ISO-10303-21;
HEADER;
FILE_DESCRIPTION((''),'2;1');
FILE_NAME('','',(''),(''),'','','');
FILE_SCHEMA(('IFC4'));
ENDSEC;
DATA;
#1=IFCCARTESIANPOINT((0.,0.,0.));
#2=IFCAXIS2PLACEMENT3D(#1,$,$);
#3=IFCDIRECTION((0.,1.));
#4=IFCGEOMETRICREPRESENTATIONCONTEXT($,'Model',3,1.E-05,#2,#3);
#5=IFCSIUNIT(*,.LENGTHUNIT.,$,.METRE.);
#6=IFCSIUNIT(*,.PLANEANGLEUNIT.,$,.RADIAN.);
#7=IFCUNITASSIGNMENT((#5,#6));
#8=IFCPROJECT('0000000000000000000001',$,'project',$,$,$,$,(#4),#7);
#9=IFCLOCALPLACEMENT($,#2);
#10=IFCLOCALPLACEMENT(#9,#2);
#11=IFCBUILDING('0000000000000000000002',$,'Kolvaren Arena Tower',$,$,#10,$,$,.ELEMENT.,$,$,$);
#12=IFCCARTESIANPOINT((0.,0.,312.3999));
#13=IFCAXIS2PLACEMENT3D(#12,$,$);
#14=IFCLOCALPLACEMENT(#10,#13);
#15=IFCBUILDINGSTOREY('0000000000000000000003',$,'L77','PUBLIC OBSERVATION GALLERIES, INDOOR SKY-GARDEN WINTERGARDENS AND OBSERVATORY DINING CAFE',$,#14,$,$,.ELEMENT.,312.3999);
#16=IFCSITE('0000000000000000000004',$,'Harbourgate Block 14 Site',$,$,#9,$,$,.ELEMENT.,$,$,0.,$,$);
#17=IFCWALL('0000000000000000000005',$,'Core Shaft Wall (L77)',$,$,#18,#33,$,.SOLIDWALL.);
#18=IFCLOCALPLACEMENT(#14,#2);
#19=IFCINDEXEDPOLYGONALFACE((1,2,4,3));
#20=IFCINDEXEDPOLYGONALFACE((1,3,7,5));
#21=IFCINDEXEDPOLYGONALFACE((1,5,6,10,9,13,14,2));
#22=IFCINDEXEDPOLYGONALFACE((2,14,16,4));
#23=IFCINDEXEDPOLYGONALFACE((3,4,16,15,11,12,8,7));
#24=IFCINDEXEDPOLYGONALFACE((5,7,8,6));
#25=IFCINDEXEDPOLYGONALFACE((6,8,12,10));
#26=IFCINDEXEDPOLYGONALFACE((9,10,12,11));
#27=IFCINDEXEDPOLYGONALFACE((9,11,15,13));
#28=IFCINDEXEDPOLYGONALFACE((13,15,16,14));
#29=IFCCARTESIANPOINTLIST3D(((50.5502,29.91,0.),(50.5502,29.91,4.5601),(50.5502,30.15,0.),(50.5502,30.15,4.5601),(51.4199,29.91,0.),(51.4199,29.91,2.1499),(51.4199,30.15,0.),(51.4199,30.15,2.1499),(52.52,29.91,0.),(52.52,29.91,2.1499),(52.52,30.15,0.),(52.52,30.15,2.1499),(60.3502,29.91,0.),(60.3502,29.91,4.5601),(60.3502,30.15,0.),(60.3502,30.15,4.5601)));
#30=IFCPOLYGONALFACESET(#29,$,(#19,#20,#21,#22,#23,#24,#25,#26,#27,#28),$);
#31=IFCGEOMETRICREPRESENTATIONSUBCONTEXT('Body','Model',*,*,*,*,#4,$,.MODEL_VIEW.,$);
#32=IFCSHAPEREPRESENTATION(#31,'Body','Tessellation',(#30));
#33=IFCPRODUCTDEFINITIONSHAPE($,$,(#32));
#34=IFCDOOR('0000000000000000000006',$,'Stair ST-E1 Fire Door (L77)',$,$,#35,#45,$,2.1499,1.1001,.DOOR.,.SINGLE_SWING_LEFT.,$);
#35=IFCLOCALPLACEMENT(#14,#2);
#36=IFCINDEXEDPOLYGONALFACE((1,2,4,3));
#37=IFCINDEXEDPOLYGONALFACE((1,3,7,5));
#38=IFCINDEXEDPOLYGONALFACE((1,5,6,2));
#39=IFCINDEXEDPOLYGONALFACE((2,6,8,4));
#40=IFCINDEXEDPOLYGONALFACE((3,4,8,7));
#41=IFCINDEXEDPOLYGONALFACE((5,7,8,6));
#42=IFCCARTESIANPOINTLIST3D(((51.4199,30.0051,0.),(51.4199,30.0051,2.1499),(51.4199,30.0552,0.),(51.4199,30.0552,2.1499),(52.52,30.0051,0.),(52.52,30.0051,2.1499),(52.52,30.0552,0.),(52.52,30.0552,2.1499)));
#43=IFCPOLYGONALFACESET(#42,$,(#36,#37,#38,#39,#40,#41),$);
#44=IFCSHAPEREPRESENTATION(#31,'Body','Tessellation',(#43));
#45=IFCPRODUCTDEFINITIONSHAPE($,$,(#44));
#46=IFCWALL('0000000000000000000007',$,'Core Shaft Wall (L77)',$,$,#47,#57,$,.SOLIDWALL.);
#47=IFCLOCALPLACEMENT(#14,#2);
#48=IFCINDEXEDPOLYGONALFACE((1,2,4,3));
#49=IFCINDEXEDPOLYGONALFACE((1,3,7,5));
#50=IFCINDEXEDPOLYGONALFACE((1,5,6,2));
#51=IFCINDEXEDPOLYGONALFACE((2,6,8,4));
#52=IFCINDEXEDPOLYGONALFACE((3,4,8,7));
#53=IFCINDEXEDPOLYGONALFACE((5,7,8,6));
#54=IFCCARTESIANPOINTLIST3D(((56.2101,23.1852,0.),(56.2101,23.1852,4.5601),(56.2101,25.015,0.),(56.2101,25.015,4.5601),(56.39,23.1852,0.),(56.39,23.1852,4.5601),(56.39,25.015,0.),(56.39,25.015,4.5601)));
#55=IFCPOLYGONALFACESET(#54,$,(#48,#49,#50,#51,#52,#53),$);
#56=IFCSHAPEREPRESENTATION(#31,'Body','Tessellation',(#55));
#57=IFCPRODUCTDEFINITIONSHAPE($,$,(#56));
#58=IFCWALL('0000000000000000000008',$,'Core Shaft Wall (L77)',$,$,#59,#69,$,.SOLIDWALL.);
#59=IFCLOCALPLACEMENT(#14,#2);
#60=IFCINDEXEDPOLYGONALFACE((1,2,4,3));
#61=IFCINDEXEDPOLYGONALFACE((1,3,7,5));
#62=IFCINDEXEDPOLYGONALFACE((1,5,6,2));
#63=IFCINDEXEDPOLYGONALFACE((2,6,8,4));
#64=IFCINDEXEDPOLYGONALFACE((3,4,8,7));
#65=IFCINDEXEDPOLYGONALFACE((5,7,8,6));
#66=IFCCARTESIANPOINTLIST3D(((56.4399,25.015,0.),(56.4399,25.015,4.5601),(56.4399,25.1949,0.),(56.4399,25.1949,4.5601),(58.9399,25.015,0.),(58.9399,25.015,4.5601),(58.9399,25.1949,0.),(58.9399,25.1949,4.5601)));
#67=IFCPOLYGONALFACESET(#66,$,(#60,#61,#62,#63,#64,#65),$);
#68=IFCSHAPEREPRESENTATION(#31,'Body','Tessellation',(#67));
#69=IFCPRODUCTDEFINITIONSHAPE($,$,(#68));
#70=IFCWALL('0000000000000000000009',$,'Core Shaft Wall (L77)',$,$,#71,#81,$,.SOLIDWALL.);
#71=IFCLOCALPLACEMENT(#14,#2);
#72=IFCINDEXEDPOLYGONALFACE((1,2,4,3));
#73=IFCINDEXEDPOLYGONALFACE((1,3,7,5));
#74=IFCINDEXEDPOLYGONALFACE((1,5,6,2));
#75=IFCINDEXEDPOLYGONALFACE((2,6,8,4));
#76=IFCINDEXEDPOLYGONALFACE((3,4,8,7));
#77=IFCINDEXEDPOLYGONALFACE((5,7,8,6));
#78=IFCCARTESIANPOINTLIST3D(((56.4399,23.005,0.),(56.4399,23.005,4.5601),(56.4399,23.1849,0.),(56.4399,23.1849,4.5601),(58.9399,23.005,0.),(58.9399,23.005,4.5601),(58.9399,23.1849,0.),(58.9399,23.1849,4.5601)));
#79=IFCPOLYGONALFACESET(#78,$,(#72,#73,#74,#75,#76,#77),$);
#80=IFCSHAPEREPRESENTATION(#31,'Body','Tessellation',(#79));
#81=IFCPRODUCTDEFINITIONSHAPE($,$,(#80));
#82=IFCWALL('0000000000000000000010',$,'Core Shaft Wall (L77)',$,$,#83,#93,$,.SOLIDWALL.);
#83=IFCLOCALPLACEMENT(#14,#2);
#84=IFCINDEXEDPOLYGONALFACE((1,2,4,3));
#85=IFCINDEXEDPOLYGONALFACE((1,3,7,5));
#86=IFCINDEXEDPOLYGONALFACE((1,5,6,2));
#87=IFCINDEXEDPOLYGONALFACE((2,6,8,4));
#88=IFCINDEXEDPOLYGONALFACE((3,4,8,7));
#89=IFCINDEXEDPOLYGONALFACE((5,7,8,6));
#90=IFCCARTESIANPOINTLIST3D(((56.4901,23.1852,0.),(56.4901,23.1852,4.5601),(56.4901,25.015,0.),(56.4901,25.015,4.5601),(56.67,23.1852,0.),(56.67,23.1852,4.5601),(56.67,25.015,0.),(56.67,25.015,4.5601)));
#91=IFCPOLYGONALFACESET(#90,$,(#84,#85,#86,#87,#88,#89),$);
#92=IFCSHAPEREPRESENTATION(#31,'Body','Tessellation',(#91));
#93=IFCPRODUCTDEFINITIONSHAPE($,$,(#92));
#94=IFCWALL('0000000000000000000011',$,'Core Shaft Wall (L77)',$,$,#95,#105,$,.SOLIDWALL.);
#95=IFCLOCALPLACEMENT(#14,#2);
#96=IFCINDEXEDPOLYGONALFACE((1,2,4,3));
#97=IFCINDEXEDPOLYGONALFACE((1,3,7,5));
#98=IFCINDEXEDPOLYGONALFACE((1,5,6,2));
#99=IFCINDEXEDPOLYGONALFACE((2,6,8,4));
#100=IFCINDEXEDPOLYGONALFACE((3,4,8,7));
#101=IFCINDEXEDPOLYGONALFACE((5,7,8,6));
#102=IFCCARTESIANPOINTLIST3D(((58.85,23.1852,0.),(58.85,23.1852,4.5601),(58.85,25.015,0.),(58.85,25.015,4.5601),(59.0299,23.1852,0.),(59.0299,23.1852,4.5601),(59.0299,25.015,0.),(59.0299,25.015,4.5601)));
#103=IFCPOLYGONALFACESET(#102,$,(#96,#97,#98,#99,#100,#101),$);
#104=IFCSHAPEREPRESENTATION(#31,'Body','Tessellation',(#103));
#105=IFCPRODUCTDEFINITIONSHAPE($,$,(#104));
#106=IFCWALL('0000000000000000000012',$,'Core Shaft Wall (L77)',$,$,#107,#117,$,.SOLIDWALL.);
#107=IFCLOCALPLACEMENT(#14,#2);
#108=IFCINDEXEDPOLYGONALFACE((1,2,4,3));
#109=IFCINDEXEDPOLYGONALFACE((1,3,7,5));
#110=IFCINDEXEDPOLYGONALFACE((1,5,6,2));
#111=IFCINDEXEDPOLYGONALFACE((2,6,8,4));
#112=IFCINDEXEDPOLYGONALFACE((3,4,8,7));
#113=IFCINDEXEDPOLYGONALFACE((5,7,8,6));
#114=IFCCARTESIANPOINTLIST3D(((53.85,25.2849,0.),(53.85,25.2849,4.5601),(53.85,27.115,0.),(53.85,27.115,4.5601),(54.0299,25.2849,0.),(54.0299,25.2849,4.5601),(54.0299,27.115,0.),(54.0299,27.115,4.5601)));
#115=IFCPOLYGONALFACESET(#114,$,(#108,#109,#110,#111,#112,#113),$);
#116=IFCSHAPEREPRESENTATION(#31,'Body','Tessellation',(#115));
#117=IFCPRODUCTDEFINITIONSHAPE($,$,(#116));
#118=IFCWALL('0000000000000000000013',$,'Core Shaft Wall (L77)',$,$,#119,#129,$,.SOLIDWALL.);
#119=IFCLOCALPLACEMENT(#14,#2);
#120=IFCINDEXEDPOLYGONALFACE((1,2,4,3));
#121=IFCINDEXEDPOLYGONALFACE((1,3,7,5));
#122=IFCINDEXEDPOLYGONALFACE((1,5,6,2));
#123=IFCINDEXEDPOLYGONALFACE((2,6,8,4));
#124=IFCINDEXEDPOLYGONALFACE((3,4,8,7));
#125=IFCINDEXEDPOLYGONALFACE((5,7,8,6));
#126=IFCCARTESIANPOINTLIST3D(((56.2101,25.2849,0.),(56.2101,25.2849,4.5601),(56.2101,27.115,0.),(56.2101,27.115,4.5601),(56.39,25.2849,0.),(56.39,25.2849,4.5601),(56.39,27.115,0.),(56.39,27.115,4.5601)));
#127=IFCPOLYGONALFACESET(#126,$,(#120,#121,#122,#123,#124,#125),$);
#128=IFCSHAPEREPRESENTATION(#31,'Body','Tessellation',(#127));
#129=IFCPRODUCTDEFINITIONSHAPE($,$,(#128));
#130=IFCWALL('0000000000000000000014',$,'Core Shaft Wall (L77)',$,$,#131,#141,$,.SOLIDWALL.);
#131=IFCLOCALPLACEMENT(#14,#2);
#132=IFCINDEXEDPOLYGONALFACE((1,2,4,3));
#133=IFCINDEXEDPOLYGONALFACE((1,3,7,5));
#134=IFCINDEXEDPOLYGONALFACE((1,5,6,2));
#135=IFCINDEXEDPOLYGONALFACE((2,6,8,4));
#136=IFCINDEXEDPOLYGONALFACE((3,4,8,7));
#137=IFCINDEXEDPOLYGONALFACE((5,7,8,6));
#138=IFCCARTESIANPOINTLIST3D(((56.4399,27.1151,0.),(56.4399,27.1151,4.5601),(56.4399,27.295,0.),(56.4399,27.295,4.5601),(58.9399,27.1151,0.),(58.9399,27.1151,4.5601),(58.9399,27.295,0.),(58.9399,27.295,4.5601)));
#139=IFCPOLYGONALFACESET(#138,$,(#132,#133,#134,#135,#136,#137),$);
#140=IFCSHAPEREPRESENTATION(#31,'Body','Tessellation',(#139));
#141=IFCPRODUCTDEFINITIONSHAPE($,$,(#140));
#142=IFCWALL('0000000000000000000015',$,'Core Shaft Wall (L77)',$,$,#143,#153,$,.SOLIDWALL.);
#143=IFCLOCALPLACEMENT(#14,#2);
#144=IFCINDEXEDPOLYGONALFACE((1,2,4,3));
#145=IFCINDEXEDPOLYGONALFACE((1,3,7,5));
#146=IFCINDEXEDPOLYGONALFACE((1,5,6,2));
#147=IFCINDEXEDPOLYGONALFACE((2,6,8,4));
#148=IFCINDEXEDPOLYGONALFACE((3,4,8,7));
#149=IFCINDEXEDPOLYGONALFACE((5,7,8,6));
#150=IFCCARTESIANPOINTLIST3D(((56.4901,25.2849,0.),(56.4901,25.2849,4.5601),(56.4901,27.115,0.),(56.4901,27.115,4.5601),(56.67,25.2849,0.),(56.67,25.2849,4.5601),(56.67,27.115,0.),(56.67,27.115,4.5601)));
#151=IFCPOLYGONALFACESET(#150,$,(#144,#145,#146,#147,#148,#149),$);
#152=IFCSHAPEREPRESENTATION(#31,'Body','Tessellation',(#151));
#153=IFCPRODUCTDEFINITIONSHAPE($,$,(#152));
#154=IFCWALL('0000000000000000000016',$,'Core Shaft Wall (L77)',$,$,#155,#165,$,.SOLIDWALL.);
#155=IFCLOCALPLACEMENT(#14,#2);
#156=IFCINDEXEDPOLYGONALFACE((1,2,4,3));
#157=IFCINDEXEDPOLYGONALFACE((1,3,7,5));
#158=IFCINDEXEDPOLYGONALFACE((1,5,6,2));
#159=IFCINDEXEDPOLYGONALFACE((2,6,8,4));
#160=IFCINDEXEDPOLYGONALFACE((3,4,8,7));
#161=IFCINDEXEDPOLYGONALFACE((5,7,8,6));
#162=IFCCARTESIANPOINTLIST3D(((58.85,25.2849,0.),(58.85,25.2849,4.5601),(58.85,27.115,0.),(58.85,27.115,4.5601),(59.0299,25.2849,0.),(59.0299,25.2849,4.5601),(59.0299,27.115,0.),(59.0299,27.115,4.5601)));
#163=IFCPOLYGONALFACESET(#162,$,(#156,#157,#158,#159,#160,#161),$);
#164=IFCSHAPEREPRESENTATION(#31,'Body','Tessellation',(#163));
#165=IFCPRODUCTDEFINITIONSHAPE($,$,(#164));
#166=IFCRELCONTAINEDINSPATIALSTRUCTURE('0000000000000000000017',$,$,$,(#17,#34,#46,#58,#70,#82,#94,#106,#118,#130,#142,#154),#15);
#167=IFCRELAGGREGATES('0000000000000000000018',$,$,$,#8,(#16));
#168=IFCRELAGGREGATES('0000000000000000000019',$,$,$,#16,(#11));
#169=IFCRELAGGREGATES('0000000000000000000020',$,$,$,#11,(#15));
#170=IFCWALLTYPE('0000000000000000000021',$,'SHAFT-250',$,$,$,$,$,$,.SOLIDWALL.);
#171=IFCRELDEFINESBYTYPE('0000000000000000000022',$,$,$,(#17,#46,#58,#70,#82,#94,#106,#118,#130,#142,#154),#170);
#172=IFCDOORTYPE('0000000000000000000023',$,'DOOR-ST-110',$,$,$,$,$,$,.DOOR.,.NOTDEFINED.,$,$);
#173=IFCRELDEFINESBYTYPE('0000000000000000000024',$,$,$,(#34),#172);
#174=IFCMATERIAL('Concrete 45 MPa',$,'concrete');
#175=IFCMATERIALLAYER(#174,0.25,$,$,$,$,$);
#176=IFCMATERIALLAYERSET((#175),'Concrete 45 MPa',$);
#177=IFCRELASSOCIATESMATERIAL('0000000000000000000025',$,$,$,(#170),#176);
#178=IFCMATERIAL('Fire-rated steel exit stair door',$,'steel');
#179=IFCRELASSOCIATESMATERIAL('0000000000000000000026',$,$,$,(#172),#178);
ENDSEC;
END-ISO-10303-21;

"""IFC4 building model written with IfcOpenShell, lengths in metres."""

from ifc_helpers import new_model, si_unit, direction, frame, frame_2d, origin, place, context, subcontext, project, spatial, rectangle, extrude, material, layer, layer_set, type_object, element, fill, save


model = new_model("IFC4")

# Units and contexts
model_context = context("Model", 3, precision=1e-05, world=origin(), true_north=direction((0.0, 1.0)))
body_context = subcontext(model_context, "Body", "Model", "MODEL_VIEW")
ifc_project = project(units=[si_unit("LENGTHUNIT", "METRE"), si_unit("PLANEANGLEUNIT", "RADIAN")], contexts=[model_context])

# Site, building, storey
site_placement = place(None, origin())
site = spatial("IfcSite", under=ifc_project, at=site_placement, Name="Harbourgate Block 14 Site", CompositionType="ELEMENT", RefElevation=0.0)
building_placement = place(site_placement, origin())
building = spatial("IfcBuilding", under=site, at=building_placement, Name="Kolvaren Arena Tower", CompositionType="ELEMENT")
storey_placement = place(building_placement, frame((0.0, 0.0, 312.3999)))
storey = spatial("IfcBuildingStorey", under=building, at=storey_placement, Name="L77", Description="PUBLIC OBSERVATION GALLERIES, INDOOR SKY-GARDEN WINTERGARDENS AND OBSERVATORY DINING CAFE", CompositionType="ELEMENT", Elevation=312.3999)

# Wall, opening, door
ifc_material_1 = material(Name="Concrete 45 MPa", Category="concrete")
ifc_layer = layer(ifc_material_1, 0.25)
ifc_layer_set = layer_set([ifc_layer], Name="Concrete 45 MPa")
wall_type = type_object("IfcWallType", Name="SHAFT-250", PredefinedType="SOLIDWALL", material=ifc_layer_set)
wall_1_placement = place(storey_placement, frame((60.3501, 30.03, 0.0), z_axis=(0.0, 0.0, 1.0), x_axis=(-1.0, 0.0, 0.0)))
wall_1 = element("IfcWall", 1, at=wall_1_placement, inside=storey, type_object=wall_type, Name="Core Shaft Wall (L77)", PredefinedType="SOLIDWALL", context=body_context, shape_type="SweptSolid", body=[
    extrude(rectangle(XDim=9.8, YDim=0.24, at=frame_2d((4.8999, 0.0))), origin(), (0.0, 0.0, 1.0), 4.5601),
])
opening_placement = place(wall_1_placement, frame((7.8301, 0.0, 0.0)))
opening = element("IfcOpeningElement", 2, at=opening_placement, cuts=wall_1, PredefinedType="OPENING", context=body_context, shape_type="SweptSolid", body=[
    extrude(rectangle(XDim=1.1001, YDim=2.1499, at=frame_2d((0.55, 1.075))), frame((0.0, 0.1299, 0.0), z_axis=(0.0, -1.0, 0.0), x_axis=(1.0, 0.0, 0.0)), (0.0, 0.0, 1.0), 0.26),
])
ifc_material_2 = material(Name="Fire-rated steel exit stair door", Category="steel")
door_type = type_object("IfcDoorType", Name="DOOR-ST-110", OperationType="NOTDEFINED", PredefinedType="DOOR", material=ifc_material_2)
door_placement = place(opening_placement, origin())
door = element("IfcDoor", 3, at=door_placement, inside=storey, type_object=door_type, Name="Stair ST-E1 Fire Door (L77)", OperationType="SINGLE_SWING_LEFT", OverallHeight=2.1499, OverallWidth=1.1001, PredefinedType="DOOR", context=body_context, shape_type="SweptSolid", body=[
    extrude(rectangle(XDim=1.1001, YDim=2.1499, at=frame_2d((0.55, 1.075))), frame((0.0, 0.0249, 0.0), z_axis=(0.0, -1.0, 0.0), x_axis=(1.0, 0.0, 0.0)), (0.0, 0.0, 1.0), 0.05),
])
fill(opening, door)

# Walls
wall_2_placement = place(storey_placement, frame((56.3, 23.1851, 0.0), z_axis=(0.0, 0.0, 1.0), x_axis=(0.0, 1.0, 0.0)))
element("IfcWall", 4, at=wall_2_placement, inside=storey, type_object=wall_type, Name="Core Shaft Wall (L77)", PredefinedType="SOLIDWALL", context=body_context, shape_type="SweptSolid", body=[
    extrude(rectangle(XDim=1.8298, YDim=0.1799, at=frame_2d((0.915, 0.0))), origin(), (0.0, 0.0, 1.0), 4.5601),
])
for number, where, z_axis, x_axis, name in (
    (5, (56.4399, 25.105, 0.0), (0.0, 0.0, 1.0), (1.0, 0.0, 0.0), "Core Shaft Wall (L77)"),
    (6, (56.4399, 23.095, 0.0), (0.0, 0.0, 1.0), (1.0, 0.0, 0.0), "Core Shaft Wall (L77)"),
):
    element("IfcWall", number, at=place(storey_placement, frame(where, z_axis=z_axis, x_axis=x_axis)), inside=storey, type_object=wall_type, Name=name, PredefinedType="SOLIDWALL", context=body_context, shape_type="SweptSolid", body=[
        extrude(rectangle(XDim=2.5, YDim=0.1799, at=frame_2d((1.25, 0.0))), origin(), (0.0, 0.0, 1.0), 4.5601),
    ])
for number, where, z_axis, x_axis, name in (
    (7, (56.5801, 23.1851, 0.0), (0.0, 0.0, 1.0), (0.0, 1.0, 0.0), "Core Shaft Wall (L77)"),
    (8, (58.9399, 23.1851, 0.0), (0.0, 0.0, 1.0), (0.0, 1.0, 0.0), "Core Shaft Wall (L77)"),
):
    element("IfcWall", number, at=place(storey_placement, frame(where, z_axis=z_axis, x_axis=x_axis)), inside=storey, type_object=wall_type, Name=name, PredefinedType="SOLIDWALL", context=body_context, shape_type="SweptSolid", body=[
        extrude(rectangle(XDim=1.8298, YDim=0.1799, at=frame_2d((0.915, 0.0))), origin(), (0.0, 0.0, 1.0), 4.5601),
    ])
for number, where, z_axis, x_axis, name in (
    (9, (53.9399, 25.2849, 0.0), (0.0, 0.0, 1.0), (0.0, 1.0, 0.0), "Core Shaft Wall (L77)"),
    (10, (56.3, 25.2849, 0.0), (0.0, 0.0, 1.0), (0.0, 1.0, 0.0), "Core Shaft Wall (L77)"),
):
    element("IfcWall", number, at=place(storey_placement, frame(where, z_axis=z_axis, x_axis=x_axis)), inside=storey, type_object=wall_type, Name=name, PredefinedType="SOLIDWALL", context=body_context, shape_type="SweptSolid", body=[
        extrude(rectangle(XDim=1.8301, YDim=0.1799, at=frame_2d((0.915, 0.0))), origin(), (0.0, 0.0, 1.0), 4.5601),
    ])
wall_3_placement = place(storey_placement, frame((56.4399, 27.2051, 0.0), z_axis=(0.0, 0.0, 1.0), x_axis=(1.0, 0.0, 0.0)))
element("IfcWall", 11, at=wall_3_placement, inside=storey, type_object=wall_type, Name="Core Shaft Wall (L77)", PredefinedType="SOLIDWALL", context=body_context, shape_type="SweptSolid", body=[
    extrude(rectangle(XDim=2.5, YDim=0.1799, at=frame_2d((1.25, 0.0))), origin(), (0.0, 0.0, 1.0), 4.5601),
])
for number, where, z_axis, x_axis, name in (
    (12, (56.5801, 25.2849, 0.0), (0.0, 0.0, 1.0), (0.0, 1.0, 0.0), "Core Shaft Wall (L77)"),
    (13, (58.9399, 25.2849, 0.0), (0.0, 0.0, 1.0), (0.0, 1.0, 0.0), "Core Shaft Wall (L77)"),
):
    element("IfcWall", number, at=place(storey_placement, frame(where, z_axis=z_axis, x_axis=x_axis)), inside=storey, type_object=wall_type, Name=name, PredefinedType="SOLIDWALL", context=body_context, shape_type="SweptSolid", body=[
        extrude(rectangle(XDim=1.8301, YDim=0.1799, at=frame_2d((0.915, 0.0))), origin(), (0.0, 0.0, 1.0), 4.5601),
    ])

save(model, "model.ifc")
